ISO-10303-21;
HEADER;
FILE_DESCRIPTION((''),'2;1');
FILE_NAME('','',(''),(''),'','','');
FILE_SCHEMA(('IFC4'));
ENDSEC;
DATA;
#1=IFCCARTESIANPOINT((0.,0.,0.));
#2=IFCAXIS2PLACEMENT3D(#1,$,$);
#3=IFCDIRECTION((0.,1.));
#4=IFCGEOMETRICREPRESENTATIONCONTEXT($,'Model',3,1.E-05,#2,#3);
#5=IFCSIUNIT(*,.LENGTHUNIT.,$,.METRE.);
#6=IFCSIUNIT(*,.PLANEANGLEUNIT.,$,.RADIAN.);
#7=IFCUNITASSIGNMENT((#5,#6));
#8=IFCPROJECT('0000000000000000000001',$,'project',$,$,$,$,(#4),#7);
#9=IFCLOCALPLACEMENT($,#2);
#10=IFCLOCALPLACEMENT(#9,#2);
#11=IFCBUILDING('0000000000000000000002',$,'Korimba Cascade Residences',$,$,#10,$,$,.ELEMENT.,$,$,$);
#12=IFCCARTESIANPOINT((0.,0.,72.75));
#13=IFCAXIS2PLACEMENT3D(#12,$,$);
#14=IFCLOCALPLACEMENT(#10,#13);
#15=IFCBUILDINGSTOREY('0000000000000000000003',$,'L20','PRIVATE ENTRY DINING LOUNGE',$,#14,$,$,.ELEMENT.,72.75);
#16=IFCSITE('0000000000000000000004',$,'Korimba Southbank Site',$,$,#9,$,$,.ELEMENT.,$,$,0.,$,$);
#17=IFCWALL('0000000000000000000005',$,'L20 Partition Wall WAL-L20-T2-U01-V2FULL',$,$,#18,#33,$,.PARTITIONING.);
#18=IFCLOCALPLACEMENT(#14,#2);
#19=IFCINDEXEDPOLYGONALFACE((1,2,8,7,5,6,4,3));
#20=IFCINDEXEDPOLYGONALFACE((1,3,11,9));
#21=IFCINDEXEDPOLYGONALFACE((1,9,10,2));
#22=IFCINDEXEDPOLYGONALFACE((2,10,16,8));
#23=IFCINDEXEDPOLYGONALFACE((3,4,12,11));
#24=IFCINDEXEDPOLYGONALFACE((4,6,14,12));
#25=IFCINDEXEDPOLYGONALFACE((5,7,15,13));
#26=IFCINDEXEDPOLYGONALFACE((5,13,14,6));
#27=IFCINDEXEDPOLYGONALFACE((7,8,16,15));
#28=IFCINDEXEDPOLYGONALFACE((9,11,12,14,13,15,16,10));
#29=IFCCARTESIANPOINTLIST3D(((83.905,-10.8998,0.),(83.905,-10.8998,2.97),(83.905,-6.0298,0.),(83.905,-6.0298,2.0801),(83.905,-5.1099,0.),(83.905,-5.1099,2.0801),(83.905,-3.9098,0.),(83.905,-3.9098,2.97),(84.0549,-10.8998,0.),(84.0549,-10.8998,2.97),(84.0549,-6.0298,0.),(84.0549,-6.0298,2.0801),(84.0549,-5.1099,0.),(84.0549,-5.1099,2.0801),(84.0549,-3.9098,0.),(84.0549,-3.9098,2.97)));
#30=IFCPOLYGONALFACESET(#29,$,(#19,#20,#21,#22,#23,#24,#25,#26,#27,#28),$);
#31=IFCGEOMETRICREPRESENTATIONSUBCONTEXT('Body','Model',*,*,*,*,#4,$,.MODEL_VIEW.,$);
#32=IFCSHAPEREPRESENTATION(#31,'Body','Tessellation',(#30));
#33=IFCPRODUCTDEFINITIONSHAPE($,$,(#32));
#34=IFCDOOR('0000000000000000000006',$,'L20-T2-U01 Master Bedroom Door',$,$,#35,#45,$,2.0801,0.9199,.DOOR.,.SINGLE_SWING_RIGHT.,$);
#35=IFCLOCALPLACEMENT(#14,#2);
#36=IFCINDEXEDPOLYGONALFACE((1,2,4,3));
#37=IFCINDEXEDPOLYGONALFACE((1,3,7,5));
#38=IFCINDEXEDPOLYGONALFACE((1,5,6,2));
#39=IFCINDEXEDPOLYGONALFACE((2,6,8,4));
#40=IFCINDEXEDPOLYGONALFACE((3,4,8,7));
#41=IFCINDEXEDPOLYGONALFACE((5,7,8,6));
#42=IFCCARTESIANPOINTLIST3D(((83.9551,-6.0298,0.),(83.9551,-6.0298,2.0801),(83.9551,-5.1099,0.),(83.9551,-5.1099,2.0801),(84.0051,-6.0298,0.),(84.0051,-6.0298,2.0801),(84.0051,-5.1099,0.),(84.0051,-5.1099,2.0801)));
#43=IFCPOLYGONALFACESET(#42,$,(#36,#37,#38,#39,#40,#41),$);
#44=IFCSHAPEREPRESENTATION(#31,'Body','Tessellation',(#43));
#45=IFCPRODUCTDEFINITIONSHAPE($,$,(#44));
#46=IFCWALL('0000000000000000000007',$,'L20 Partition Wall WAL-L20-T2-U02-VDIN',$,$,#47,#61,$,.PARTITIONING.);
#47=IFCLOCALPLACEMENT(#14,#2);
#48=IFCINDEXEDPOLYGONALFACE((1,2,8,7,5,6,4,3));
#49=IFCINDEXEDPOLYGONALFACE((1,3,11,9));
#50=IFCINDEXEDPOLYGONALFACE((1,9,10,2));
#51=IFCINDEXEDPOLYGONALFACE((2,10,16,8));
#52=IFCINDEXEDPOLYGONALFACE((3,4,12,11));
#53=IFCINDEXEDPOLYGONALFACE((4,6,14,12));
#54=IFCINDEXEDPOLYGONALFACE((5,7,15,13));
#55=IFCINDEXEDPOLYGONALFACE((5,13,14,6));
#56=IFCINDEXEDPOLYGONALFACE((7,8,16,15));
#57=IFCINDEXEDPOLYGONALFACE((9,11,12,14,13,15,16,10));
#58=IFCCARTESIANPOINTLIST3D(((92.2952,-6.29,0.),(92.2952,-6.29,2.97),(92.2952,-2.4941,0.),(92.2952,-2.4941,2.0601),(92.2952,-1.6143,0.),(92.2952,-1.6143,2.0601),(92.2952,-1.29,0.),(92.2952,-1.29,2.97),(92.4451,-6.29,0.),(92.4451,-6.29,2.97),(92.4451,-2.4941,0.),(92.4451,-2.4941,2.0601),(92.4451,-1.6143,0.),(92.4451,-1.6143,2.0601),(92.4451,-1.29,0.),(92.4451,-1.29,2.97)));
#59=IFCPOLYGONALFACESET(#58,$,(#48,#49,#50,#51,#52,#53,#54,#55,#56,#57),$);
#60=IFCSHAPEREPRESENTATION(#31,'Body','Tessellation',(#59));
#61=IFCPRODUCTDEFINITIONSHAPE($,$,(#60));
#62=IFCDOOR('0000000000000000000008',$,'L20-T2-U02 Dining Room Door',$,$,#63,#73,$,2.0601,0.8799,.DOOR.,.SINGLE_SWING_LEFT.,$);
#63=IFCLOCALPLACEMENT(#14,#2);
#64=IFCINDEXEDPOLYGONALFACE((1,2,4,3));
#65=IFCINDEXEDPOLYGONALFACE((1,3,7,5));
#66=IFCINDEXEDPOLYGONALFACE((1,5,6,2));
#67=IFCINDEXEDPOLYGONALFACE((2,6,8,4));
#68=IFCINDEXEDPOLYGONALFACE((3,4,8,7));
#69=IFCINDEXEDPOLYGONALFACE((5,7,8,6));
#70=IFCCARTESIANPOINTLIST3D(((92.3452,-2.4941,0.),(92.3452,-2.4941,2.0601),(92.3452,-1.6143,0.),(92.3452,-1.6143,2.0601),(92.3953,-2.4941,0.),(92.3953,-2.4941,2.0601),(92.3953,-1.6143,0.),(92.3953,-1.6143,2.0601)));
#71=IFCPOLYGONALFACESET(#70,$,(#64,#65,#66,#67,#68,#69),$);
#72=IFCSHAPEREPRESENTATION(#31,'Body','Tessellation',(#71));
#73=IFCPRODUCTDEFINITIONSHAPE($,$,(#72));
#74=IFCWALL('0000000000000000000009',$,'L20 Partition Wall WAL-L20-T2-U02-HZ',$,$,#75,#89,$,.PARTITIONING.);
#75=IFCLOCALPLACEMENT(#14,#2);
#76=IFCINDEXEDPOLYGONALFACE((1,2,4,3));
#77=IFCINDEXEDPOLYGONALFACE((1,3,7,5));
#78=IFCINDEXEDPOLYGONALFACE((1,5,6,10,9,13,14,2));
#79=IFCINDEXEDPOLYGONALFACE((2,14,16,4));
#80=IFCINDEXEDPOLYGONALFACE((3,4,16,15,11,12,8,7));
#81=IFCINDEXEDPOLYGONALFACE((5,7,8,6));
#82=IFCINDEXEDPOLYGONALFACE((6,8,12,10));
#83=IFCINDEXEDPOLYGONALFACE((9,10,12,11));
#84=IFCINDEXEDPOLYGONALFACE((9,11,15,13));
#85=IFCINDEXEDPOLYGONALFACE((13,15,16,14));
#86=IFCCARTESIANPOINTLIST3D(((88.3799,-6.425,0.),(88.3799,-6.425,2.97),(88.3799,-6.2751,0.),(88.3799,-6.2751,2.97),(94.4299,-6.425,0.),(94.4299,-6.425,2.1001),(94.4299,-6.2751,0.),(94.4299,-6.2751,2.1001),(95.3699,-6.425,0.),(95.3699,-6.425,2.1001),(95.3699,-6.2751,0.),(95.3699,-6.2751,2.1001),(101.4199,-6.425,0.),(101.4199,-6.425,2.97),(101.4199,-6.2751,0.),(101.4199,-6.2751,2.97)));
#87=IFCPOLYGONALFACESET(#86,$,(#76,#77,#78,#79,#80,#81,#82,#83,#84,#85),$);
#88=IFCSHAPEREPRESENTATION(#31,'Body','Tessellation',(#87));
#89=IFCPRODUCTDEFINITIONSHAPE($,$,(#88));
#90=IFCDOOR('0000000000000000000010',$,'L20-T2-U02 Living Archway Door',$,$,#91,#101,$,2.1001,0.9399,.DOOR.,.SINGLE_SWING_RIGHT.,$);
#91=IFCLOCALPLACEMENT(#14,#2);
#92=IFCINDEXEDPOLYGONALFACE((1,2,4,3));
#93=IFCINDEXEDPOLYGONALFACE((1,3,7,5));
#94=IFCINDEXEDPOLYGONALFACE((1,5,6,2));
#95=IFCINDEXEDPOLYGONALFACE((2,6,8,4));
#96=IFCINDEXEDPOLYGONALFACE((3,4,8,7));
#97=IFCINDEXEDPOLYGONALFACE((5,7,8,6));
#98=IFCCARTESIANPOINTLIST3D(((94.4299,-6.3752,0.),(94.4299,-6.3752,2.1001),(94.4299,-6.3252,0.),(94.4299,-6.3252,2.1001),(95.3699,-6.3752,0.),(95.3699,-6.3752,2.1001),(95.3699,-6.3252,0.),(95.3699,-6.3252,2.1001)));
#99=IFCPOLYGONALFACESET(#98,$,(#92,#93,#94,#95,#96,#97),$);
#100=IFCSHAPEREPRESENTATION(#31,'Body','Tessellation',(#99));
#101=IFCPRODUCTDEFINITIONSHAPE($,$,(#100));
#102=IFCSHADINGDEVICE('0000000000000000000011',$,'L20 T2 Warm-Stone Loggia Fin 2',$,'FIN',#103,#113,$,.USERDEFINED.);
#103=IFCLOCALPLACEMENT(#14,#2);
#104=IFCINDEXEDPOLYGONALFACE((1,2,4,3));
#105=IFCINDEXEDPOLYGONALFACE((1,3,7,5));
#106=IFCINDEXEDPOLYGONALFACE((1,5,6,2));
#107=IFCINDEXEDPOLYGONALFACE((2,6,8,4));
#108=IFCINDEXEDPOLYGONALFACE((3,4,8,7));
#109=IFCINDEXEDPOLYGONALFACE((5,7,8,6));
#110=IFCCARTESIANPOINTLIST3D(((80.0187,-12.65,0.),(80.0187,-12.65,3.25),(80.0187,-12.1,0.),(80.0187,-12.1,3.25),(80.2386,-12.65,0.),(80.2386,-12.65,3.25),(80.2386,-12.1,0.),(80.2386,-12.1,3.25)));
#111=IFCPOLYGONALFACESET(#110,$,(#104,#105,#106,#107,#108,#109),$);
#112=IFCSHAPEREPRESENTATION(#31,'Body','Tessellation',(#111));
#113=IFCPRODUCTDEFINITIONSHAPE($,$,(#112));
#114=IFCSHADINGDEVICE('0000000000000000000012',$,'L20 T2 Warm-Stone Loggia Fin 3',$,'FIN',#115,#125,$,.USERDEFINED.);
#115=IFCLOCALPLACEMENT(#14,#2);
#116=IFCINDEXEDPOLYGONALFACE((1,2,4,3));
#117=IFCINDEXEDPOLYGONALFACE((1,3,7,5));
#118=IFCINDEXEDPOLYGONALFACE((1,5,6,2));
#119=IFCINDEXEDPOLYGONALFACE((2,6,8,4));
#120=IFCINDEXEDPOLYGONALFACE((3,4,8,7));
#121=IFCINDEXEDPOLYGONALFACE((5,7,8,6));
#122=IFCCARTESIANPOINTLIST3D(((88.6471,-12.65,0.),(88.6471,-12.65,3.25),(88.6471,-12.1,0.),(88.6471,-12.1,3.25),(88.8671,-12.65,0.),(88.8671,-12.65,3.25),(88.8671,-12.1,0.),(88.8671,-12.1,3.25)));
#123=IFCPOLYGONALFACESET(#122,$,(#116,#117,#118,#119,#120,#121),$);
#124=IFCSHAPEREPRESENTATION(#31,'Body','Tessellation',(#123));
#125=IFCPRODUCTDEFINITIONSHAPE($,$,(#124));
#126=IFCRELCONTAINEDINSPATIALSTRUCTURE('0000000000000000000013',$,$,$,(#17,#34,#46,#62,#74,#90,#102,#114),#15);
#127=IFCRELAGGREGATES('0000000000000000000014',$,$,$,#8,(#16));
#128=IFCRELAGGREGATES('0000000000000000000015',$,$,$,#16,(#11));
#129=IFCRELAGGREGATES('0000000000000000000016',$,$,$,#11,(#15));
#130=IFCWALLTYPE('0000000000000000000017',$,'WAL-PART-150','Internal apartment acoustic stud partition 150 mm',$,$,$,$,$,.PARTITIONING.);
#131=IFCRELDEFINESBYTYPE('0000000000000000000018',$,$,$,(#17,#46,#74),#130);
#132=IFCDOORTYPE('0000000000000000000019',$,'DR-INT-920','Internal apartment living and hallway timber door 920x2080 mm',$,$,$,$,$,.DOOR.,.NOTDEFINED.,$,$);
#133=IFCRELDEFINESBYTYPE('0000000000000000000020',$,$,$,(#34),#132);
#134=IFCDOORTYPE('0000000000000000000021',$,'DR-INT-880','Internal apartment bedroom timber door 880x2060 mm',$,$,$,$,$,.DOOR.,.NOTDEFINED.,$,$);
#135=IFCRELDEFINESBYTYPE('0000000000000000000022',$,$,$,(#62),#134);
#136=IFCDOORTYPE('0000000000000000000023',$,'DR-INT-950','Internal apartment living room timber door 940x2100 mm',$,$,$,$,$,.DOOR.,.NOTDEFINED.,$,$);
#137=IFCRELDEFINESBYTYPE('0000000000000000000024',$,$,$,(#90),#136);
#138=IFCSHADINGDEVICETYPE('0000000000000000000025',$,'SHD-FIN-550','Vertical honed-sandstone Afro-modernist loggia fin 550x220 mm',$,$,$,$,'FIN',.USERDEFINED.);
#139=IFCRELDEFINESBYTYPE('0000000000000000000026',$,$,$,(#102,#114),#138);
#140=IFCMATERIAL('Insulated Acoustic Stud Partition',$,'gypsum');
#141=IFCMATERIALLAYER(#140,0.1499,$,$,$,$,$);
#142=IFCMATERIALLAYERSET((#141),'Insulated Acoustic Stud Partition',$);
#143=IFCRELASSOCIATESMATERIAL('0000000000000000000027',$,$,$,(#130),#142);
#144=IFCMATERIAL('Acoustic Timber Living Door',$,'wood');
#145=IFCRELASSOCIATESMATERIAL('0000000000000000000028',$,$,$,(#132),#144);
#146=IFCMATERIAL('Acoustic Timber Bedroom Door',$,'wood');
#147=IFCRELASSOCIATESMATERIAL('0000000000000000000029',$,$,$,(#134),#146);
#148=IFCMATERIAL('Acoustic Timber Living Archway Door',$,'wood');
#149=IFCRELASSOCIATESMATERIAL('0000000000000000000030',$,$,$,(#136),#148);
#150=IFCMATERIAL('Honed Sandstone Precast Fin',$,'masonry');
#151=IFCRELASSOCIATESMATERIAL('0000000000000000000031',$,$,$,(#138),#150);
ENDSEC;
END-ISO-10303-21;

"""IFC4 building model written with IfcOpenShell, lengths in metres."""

from ifc_helpers import new_model, si_unit, direction, frame, frame_2d, origin, origin_2d, place, context, subcontext, project, spatial, rectangle, extrude, material, layer, layer_set, type_object, element, fill, save


model = new_model("IFC4")

# Units and contexts
model_context = context("Model", 3, precision=1e-05, world=origin(), true_north=direction((0.0, 1.0)))
body_context = subcontext(model_context, "Body", "Model", "MODEL_VIEW")
ifc_project = project(units=[si_unit("LENGTHUNIT", "METRE"), si_unit("PLANEANGLEUNIT", "RADIAN")], contexts=[model_context])

# Site, building, storey
site_placement = place(None, origin())
site = spatial("IfcSite", under=ifc_project, at=site_placement, Name="Korimba Southbank Site", CompositionType="ELEMENT", RefElevation=0.0)
building_placement = place(site_placement, origin())
building = spatial("IfcBuilding", under=site, at=building_placement, Name="Korimba Cascade Residences", CompositionType="ELEMENT")
storey_placement = place(building_placement, frame((0.0, 0.0, 72.75)))
storey = spatial("IfcBuildingStorey", under=building, at=storey_placement, Name="L20", Description="PRIVATE ENTRY DINING LOUNGE", CompositionType="ELEMENT", Elevation=72.75)

# Shared definitions
ifc_material_1 = material(Name="Insulated Acoustic Stud Partition", Category="gypsum")
ifc_layer_1 = layer(ifc_material_1, 0.1499)
ifc_layer_set_1 = layer_set([ifc_layer_1], Name="Insulated Acoustic Stud Partition")
wall_type_1 = type_object("IfcWallType", Name="WAL-PART-150", Description="Internal apartment acoustic stud partition 150 mm", PredefinedType="PARTITIONING", material=ifc_layer_set_1)

# Walls, openings, doors
wall_1_placement = place(storey_placement, frame((83.98, -10.8999, 0.0), z_axis=(0.0, 0.0, 1.0), x_axis=(0.0, 1.0, 0.0)))
wall_1 = element("IfcWall", 1, at=wall_1_placement, inside=storey, type_object=wall_type_1, Name="L20 Partition Wall WAL-L20-T2-U01-V2FULL", PredefinedType="PARTITIONING", context=body_context, shape_type="SweptSolid", body=[
    extrude(rectangle(XDim=6.99, YDim=0.1499, at=frame_2d((3.4951, 0.0))), origin(), (0.0, 0.0, 1.0), 2.97),
])
opening_1_placement = place(wall_1_placement, frame((4.8701, 0.0, 0.0)))
opening_1 = element("IfcOpeningElement", 2, at=opening_1_placement, cuts=wall_1, PredefinedType="OPENING", context=body_context, shape_type="SweptSolid", body=[
    extrude(rectangle(XDim=0.9199, YDim=2.0801, at=frame_2d((0.46, 1.04))), frame((0.0, 0.085, 0.0), z_axis=(0.0, -1.0, 0.0), x_axis=(1.0, 0.0, 0.0)), (0.0, 0.0, 1.0), 0.1699),
])
ifc_material_2 = material(Name="Acoustic Timber Living Door", Category="wood")
door_type_1 = type_object("IfcDoorType", Name="DR-INT-920", Description="Internal apartment living and hallway timber door 920x2080 mm", OperationType="NOTDEFINED", PredefinedType="DOOR", material=ifc_material_2)
door_1_placement = place(opening_1_placement, origin())
door_1 = element("IfcDoor", 3, at=door_1_placement, inside=storey, type_object=door_type_1, Name="L20-T2-U01 Master Bedroom Door", OperationType="SINGLE_SWING_RIGHT", OverallHeight=2.0801, OverallWidth=0.9199, PredefinedType="DOOR", context=body_context, shape_type="SweptSolid", body=[
    extrude(rectangle(XDim=0.9199, YDim=2.0801, at=frame_2d((0.46, 1.04))), frame((0.0, 0.0249, 0.0), z_axis=(0.0, -1.0, 0.0), x_axis=(1.0, 0.0, 0.0)), (0.0, 0.0, 1.0), 0.05),
])
fill(opening_1, door_1)
wall_2_placement = place(storey_placement, frame((92.3701, -6.29, 0.0), z_axis=(0.0, 0.0, 1.0), x_axis=(0.0, 1.0, 0.0)))
wall_2 = element("IfcWall", 4, at=wall_2_placement, inside=storey, type_object=wall_type_1, Name="L20 Partition Wall WAL-L20-T2-U02-VDIN", PredefinedType="PARTITIONING", context=body_context, shape_type="SweptSolid", body=[
    extrude(rectangle(XDim=5.0, YDim=0.1499, at=frame_2d((2.5, 0.0))), origin(), (0.0, 0.0, 1.0), 2.97),
])
opening_2_placement = place(wall_2_placement, frame((3.7959, 0.0, 0.0)))
opening_2 = element("IfcOpeningElement", 5, at=opening_2_placement, cuts=wall_2, PredefinedType="OPENING", context=body_context, shape_type="SweptSolid", body=[
    extrude(rectangle(XDim=0.8799, YDim=2.0601, at=frame_2d((0.4399, 1.03))), frame((0.0, 0.085, 0.0), z_axis=(0.0, -1.0, 0.0), x_axis=(1.0, 0.0, 0.0)), (0.0, 0.0, 1.0), 0.1699),
])
ifc_material_3 = material(Name="Acoustic Timber Bedroom Door", Category="wood")
door_type_2 = type_object("IfcDoorType", Name="DR-INT-880", Description="Internal apartment bedroom timber door 880x2060 mm", OperationType="NOTDEFINED", PredefinedType="DOOR", material=ifc_material_3)
door_2_placement = place(opening_2_placement, origin())
door_2 = element("IfcDoor", 6, at=door_2_placement, inside=storey, type_object=door_type_2, Name="L20-T2-U02 Dining Room Door", OperationType="SINGLE_SWING_LEFT", OverallHeight=2.0601, OverallWidth=0.8799, PredefinedType="DOOR", context=body_context, shape_type="SweptSolid", body=[
    extrude(rectangle(XDim=0.8799, YDim=2.0601, at=frame_2d((0.4399, 1.03))), frame((0.0, 0.0249, 0.0), z_axis=(0.0, -1.0, 0.0), x_axis=(1.0, 0.0, 0.0)), (0.0, 0.0, 1.0), 0.05),
])
fill(opening_2, door_2)
wall_3_placement = place(storey_placement, frame((88.3799, -6.3501, 0.0), z_axis=(0.0, 0.0, 1.0), x_axis=(1.0, 0.0, 0.0)))
wall_3 = element("IfcWall", 7, at=wall_3_placement, inside=storey, type_object=wall_type_1, Name="L20 Partition Wall WAL-L20-T2-U02-HZ", PredefinedType="PARTITIONING", context=body_context, shape_type="SweptSolid", body=[
    extrude(rectangle(XDim=13.04, YDim=0.1499, at=frame_2d((6.52, 0.0))), origin(), (0.0, 0.0, 1.0), 2.97),
])
opening_3_placement = place(wall_3_placement, frame((6.05, 0.0, 0.0)))
opening_3 = element("IfcOpeningElement", 8, at=opening_3_placement, cuts=wall_3, PredefinedType="OPENING", context=body_context, shape_type="SweptSolid", body=[
    extrude(rectangle(XDim=0.9399, YDim=2.1001, at=frame_2d((0.47, 1.05))), frame((0.0, 0.085, 0.0), z_axis=(0.0, -1.0, 0.0), x_axis=(1.0, 0.0, 0.0)), (0.0, 0.0, 1.0), 0.1699),
])
ifc_material_4 = material(Name="Acoustic Timber Living Archway Door", Category="wood")
door_type_3 = type_object("IfcDoorType", Name="DR-INT-950", Description="Internal apartment living room timber door 940x2100 mm", OperationType="NOTDEFINED", PredefinedType="DOOR", material=ifc_material_4)
door_3_placement = place(opening_3_placement, origin())
door_3 = element("IfcDoor", 9, at=door_3_placement, inside=storey, type_object=door_type_3, Name="L20-T2-U02 Living Archway Door", OperationType="SINGLE_SWING_RIGHT", OverallHeight=2.1001, OverallWidth=0.9399, PredefinedType="DOOR", context=body_context, shape_type="SweptSolid", body=[
    extrude(rectangle(XDim=0.9399, YDim=2.1001, at=frame_2d((0.47, 1.05))), frame((0.0, 0.0249, 0.0), z_axis=(0.0, -1.0, 0.0), x_axis=(1.0, 0.0, 0.0)), (0.0, 0.0, 1.0), 0.05),
])
fill(opening_3, door_3)

# Shading devices
ifc_material_5 = material(Name="Honed Sandstone Precast Fin", Category="masonry")
shading_device_type = type_object("IfcShadingDeviceType", Name="SHD-FIN-550", Description="Vertical honed-sandstone Afro-modernist loggia fin 550x220 mm", ElementType="FIN", PredefinedType="USERDEFINED", material=ifc_material_5)
for number, where, z_axis, x_axis, name in (
    (10, (80.1287, -12.375, 0.0), (0.0, 0.0, 1.0), (1.0, 0.0, 0.0), "L20 T2 Warm-Stone Loggia Fin 2"),
    (11, (88.7571, -12.375, 0.0), (0.0, 0.0, 1.0), (1.0, 0.0, 0.0), "L20 T2 Warm-Stone Loggia Fin 3"),
):
    element("IfcShadingDevice", number, at=place(storey_placement, frame(where, z_axis=z_axis, x_axis=x_axis)), inside=storey, type_object=shading_device_type, Name=name, ObjectType="FIN", PredefinedType="USERDEFINED", context=body_context, shape_type="SweptSolid", body=[
        extrude(rectangle(XDim=0.22, YDim=0.55, at=origin_2d()), origin(), (0.0, 0.0, 1.0), 3.25),
    ])

save(model, "model.ifc")
